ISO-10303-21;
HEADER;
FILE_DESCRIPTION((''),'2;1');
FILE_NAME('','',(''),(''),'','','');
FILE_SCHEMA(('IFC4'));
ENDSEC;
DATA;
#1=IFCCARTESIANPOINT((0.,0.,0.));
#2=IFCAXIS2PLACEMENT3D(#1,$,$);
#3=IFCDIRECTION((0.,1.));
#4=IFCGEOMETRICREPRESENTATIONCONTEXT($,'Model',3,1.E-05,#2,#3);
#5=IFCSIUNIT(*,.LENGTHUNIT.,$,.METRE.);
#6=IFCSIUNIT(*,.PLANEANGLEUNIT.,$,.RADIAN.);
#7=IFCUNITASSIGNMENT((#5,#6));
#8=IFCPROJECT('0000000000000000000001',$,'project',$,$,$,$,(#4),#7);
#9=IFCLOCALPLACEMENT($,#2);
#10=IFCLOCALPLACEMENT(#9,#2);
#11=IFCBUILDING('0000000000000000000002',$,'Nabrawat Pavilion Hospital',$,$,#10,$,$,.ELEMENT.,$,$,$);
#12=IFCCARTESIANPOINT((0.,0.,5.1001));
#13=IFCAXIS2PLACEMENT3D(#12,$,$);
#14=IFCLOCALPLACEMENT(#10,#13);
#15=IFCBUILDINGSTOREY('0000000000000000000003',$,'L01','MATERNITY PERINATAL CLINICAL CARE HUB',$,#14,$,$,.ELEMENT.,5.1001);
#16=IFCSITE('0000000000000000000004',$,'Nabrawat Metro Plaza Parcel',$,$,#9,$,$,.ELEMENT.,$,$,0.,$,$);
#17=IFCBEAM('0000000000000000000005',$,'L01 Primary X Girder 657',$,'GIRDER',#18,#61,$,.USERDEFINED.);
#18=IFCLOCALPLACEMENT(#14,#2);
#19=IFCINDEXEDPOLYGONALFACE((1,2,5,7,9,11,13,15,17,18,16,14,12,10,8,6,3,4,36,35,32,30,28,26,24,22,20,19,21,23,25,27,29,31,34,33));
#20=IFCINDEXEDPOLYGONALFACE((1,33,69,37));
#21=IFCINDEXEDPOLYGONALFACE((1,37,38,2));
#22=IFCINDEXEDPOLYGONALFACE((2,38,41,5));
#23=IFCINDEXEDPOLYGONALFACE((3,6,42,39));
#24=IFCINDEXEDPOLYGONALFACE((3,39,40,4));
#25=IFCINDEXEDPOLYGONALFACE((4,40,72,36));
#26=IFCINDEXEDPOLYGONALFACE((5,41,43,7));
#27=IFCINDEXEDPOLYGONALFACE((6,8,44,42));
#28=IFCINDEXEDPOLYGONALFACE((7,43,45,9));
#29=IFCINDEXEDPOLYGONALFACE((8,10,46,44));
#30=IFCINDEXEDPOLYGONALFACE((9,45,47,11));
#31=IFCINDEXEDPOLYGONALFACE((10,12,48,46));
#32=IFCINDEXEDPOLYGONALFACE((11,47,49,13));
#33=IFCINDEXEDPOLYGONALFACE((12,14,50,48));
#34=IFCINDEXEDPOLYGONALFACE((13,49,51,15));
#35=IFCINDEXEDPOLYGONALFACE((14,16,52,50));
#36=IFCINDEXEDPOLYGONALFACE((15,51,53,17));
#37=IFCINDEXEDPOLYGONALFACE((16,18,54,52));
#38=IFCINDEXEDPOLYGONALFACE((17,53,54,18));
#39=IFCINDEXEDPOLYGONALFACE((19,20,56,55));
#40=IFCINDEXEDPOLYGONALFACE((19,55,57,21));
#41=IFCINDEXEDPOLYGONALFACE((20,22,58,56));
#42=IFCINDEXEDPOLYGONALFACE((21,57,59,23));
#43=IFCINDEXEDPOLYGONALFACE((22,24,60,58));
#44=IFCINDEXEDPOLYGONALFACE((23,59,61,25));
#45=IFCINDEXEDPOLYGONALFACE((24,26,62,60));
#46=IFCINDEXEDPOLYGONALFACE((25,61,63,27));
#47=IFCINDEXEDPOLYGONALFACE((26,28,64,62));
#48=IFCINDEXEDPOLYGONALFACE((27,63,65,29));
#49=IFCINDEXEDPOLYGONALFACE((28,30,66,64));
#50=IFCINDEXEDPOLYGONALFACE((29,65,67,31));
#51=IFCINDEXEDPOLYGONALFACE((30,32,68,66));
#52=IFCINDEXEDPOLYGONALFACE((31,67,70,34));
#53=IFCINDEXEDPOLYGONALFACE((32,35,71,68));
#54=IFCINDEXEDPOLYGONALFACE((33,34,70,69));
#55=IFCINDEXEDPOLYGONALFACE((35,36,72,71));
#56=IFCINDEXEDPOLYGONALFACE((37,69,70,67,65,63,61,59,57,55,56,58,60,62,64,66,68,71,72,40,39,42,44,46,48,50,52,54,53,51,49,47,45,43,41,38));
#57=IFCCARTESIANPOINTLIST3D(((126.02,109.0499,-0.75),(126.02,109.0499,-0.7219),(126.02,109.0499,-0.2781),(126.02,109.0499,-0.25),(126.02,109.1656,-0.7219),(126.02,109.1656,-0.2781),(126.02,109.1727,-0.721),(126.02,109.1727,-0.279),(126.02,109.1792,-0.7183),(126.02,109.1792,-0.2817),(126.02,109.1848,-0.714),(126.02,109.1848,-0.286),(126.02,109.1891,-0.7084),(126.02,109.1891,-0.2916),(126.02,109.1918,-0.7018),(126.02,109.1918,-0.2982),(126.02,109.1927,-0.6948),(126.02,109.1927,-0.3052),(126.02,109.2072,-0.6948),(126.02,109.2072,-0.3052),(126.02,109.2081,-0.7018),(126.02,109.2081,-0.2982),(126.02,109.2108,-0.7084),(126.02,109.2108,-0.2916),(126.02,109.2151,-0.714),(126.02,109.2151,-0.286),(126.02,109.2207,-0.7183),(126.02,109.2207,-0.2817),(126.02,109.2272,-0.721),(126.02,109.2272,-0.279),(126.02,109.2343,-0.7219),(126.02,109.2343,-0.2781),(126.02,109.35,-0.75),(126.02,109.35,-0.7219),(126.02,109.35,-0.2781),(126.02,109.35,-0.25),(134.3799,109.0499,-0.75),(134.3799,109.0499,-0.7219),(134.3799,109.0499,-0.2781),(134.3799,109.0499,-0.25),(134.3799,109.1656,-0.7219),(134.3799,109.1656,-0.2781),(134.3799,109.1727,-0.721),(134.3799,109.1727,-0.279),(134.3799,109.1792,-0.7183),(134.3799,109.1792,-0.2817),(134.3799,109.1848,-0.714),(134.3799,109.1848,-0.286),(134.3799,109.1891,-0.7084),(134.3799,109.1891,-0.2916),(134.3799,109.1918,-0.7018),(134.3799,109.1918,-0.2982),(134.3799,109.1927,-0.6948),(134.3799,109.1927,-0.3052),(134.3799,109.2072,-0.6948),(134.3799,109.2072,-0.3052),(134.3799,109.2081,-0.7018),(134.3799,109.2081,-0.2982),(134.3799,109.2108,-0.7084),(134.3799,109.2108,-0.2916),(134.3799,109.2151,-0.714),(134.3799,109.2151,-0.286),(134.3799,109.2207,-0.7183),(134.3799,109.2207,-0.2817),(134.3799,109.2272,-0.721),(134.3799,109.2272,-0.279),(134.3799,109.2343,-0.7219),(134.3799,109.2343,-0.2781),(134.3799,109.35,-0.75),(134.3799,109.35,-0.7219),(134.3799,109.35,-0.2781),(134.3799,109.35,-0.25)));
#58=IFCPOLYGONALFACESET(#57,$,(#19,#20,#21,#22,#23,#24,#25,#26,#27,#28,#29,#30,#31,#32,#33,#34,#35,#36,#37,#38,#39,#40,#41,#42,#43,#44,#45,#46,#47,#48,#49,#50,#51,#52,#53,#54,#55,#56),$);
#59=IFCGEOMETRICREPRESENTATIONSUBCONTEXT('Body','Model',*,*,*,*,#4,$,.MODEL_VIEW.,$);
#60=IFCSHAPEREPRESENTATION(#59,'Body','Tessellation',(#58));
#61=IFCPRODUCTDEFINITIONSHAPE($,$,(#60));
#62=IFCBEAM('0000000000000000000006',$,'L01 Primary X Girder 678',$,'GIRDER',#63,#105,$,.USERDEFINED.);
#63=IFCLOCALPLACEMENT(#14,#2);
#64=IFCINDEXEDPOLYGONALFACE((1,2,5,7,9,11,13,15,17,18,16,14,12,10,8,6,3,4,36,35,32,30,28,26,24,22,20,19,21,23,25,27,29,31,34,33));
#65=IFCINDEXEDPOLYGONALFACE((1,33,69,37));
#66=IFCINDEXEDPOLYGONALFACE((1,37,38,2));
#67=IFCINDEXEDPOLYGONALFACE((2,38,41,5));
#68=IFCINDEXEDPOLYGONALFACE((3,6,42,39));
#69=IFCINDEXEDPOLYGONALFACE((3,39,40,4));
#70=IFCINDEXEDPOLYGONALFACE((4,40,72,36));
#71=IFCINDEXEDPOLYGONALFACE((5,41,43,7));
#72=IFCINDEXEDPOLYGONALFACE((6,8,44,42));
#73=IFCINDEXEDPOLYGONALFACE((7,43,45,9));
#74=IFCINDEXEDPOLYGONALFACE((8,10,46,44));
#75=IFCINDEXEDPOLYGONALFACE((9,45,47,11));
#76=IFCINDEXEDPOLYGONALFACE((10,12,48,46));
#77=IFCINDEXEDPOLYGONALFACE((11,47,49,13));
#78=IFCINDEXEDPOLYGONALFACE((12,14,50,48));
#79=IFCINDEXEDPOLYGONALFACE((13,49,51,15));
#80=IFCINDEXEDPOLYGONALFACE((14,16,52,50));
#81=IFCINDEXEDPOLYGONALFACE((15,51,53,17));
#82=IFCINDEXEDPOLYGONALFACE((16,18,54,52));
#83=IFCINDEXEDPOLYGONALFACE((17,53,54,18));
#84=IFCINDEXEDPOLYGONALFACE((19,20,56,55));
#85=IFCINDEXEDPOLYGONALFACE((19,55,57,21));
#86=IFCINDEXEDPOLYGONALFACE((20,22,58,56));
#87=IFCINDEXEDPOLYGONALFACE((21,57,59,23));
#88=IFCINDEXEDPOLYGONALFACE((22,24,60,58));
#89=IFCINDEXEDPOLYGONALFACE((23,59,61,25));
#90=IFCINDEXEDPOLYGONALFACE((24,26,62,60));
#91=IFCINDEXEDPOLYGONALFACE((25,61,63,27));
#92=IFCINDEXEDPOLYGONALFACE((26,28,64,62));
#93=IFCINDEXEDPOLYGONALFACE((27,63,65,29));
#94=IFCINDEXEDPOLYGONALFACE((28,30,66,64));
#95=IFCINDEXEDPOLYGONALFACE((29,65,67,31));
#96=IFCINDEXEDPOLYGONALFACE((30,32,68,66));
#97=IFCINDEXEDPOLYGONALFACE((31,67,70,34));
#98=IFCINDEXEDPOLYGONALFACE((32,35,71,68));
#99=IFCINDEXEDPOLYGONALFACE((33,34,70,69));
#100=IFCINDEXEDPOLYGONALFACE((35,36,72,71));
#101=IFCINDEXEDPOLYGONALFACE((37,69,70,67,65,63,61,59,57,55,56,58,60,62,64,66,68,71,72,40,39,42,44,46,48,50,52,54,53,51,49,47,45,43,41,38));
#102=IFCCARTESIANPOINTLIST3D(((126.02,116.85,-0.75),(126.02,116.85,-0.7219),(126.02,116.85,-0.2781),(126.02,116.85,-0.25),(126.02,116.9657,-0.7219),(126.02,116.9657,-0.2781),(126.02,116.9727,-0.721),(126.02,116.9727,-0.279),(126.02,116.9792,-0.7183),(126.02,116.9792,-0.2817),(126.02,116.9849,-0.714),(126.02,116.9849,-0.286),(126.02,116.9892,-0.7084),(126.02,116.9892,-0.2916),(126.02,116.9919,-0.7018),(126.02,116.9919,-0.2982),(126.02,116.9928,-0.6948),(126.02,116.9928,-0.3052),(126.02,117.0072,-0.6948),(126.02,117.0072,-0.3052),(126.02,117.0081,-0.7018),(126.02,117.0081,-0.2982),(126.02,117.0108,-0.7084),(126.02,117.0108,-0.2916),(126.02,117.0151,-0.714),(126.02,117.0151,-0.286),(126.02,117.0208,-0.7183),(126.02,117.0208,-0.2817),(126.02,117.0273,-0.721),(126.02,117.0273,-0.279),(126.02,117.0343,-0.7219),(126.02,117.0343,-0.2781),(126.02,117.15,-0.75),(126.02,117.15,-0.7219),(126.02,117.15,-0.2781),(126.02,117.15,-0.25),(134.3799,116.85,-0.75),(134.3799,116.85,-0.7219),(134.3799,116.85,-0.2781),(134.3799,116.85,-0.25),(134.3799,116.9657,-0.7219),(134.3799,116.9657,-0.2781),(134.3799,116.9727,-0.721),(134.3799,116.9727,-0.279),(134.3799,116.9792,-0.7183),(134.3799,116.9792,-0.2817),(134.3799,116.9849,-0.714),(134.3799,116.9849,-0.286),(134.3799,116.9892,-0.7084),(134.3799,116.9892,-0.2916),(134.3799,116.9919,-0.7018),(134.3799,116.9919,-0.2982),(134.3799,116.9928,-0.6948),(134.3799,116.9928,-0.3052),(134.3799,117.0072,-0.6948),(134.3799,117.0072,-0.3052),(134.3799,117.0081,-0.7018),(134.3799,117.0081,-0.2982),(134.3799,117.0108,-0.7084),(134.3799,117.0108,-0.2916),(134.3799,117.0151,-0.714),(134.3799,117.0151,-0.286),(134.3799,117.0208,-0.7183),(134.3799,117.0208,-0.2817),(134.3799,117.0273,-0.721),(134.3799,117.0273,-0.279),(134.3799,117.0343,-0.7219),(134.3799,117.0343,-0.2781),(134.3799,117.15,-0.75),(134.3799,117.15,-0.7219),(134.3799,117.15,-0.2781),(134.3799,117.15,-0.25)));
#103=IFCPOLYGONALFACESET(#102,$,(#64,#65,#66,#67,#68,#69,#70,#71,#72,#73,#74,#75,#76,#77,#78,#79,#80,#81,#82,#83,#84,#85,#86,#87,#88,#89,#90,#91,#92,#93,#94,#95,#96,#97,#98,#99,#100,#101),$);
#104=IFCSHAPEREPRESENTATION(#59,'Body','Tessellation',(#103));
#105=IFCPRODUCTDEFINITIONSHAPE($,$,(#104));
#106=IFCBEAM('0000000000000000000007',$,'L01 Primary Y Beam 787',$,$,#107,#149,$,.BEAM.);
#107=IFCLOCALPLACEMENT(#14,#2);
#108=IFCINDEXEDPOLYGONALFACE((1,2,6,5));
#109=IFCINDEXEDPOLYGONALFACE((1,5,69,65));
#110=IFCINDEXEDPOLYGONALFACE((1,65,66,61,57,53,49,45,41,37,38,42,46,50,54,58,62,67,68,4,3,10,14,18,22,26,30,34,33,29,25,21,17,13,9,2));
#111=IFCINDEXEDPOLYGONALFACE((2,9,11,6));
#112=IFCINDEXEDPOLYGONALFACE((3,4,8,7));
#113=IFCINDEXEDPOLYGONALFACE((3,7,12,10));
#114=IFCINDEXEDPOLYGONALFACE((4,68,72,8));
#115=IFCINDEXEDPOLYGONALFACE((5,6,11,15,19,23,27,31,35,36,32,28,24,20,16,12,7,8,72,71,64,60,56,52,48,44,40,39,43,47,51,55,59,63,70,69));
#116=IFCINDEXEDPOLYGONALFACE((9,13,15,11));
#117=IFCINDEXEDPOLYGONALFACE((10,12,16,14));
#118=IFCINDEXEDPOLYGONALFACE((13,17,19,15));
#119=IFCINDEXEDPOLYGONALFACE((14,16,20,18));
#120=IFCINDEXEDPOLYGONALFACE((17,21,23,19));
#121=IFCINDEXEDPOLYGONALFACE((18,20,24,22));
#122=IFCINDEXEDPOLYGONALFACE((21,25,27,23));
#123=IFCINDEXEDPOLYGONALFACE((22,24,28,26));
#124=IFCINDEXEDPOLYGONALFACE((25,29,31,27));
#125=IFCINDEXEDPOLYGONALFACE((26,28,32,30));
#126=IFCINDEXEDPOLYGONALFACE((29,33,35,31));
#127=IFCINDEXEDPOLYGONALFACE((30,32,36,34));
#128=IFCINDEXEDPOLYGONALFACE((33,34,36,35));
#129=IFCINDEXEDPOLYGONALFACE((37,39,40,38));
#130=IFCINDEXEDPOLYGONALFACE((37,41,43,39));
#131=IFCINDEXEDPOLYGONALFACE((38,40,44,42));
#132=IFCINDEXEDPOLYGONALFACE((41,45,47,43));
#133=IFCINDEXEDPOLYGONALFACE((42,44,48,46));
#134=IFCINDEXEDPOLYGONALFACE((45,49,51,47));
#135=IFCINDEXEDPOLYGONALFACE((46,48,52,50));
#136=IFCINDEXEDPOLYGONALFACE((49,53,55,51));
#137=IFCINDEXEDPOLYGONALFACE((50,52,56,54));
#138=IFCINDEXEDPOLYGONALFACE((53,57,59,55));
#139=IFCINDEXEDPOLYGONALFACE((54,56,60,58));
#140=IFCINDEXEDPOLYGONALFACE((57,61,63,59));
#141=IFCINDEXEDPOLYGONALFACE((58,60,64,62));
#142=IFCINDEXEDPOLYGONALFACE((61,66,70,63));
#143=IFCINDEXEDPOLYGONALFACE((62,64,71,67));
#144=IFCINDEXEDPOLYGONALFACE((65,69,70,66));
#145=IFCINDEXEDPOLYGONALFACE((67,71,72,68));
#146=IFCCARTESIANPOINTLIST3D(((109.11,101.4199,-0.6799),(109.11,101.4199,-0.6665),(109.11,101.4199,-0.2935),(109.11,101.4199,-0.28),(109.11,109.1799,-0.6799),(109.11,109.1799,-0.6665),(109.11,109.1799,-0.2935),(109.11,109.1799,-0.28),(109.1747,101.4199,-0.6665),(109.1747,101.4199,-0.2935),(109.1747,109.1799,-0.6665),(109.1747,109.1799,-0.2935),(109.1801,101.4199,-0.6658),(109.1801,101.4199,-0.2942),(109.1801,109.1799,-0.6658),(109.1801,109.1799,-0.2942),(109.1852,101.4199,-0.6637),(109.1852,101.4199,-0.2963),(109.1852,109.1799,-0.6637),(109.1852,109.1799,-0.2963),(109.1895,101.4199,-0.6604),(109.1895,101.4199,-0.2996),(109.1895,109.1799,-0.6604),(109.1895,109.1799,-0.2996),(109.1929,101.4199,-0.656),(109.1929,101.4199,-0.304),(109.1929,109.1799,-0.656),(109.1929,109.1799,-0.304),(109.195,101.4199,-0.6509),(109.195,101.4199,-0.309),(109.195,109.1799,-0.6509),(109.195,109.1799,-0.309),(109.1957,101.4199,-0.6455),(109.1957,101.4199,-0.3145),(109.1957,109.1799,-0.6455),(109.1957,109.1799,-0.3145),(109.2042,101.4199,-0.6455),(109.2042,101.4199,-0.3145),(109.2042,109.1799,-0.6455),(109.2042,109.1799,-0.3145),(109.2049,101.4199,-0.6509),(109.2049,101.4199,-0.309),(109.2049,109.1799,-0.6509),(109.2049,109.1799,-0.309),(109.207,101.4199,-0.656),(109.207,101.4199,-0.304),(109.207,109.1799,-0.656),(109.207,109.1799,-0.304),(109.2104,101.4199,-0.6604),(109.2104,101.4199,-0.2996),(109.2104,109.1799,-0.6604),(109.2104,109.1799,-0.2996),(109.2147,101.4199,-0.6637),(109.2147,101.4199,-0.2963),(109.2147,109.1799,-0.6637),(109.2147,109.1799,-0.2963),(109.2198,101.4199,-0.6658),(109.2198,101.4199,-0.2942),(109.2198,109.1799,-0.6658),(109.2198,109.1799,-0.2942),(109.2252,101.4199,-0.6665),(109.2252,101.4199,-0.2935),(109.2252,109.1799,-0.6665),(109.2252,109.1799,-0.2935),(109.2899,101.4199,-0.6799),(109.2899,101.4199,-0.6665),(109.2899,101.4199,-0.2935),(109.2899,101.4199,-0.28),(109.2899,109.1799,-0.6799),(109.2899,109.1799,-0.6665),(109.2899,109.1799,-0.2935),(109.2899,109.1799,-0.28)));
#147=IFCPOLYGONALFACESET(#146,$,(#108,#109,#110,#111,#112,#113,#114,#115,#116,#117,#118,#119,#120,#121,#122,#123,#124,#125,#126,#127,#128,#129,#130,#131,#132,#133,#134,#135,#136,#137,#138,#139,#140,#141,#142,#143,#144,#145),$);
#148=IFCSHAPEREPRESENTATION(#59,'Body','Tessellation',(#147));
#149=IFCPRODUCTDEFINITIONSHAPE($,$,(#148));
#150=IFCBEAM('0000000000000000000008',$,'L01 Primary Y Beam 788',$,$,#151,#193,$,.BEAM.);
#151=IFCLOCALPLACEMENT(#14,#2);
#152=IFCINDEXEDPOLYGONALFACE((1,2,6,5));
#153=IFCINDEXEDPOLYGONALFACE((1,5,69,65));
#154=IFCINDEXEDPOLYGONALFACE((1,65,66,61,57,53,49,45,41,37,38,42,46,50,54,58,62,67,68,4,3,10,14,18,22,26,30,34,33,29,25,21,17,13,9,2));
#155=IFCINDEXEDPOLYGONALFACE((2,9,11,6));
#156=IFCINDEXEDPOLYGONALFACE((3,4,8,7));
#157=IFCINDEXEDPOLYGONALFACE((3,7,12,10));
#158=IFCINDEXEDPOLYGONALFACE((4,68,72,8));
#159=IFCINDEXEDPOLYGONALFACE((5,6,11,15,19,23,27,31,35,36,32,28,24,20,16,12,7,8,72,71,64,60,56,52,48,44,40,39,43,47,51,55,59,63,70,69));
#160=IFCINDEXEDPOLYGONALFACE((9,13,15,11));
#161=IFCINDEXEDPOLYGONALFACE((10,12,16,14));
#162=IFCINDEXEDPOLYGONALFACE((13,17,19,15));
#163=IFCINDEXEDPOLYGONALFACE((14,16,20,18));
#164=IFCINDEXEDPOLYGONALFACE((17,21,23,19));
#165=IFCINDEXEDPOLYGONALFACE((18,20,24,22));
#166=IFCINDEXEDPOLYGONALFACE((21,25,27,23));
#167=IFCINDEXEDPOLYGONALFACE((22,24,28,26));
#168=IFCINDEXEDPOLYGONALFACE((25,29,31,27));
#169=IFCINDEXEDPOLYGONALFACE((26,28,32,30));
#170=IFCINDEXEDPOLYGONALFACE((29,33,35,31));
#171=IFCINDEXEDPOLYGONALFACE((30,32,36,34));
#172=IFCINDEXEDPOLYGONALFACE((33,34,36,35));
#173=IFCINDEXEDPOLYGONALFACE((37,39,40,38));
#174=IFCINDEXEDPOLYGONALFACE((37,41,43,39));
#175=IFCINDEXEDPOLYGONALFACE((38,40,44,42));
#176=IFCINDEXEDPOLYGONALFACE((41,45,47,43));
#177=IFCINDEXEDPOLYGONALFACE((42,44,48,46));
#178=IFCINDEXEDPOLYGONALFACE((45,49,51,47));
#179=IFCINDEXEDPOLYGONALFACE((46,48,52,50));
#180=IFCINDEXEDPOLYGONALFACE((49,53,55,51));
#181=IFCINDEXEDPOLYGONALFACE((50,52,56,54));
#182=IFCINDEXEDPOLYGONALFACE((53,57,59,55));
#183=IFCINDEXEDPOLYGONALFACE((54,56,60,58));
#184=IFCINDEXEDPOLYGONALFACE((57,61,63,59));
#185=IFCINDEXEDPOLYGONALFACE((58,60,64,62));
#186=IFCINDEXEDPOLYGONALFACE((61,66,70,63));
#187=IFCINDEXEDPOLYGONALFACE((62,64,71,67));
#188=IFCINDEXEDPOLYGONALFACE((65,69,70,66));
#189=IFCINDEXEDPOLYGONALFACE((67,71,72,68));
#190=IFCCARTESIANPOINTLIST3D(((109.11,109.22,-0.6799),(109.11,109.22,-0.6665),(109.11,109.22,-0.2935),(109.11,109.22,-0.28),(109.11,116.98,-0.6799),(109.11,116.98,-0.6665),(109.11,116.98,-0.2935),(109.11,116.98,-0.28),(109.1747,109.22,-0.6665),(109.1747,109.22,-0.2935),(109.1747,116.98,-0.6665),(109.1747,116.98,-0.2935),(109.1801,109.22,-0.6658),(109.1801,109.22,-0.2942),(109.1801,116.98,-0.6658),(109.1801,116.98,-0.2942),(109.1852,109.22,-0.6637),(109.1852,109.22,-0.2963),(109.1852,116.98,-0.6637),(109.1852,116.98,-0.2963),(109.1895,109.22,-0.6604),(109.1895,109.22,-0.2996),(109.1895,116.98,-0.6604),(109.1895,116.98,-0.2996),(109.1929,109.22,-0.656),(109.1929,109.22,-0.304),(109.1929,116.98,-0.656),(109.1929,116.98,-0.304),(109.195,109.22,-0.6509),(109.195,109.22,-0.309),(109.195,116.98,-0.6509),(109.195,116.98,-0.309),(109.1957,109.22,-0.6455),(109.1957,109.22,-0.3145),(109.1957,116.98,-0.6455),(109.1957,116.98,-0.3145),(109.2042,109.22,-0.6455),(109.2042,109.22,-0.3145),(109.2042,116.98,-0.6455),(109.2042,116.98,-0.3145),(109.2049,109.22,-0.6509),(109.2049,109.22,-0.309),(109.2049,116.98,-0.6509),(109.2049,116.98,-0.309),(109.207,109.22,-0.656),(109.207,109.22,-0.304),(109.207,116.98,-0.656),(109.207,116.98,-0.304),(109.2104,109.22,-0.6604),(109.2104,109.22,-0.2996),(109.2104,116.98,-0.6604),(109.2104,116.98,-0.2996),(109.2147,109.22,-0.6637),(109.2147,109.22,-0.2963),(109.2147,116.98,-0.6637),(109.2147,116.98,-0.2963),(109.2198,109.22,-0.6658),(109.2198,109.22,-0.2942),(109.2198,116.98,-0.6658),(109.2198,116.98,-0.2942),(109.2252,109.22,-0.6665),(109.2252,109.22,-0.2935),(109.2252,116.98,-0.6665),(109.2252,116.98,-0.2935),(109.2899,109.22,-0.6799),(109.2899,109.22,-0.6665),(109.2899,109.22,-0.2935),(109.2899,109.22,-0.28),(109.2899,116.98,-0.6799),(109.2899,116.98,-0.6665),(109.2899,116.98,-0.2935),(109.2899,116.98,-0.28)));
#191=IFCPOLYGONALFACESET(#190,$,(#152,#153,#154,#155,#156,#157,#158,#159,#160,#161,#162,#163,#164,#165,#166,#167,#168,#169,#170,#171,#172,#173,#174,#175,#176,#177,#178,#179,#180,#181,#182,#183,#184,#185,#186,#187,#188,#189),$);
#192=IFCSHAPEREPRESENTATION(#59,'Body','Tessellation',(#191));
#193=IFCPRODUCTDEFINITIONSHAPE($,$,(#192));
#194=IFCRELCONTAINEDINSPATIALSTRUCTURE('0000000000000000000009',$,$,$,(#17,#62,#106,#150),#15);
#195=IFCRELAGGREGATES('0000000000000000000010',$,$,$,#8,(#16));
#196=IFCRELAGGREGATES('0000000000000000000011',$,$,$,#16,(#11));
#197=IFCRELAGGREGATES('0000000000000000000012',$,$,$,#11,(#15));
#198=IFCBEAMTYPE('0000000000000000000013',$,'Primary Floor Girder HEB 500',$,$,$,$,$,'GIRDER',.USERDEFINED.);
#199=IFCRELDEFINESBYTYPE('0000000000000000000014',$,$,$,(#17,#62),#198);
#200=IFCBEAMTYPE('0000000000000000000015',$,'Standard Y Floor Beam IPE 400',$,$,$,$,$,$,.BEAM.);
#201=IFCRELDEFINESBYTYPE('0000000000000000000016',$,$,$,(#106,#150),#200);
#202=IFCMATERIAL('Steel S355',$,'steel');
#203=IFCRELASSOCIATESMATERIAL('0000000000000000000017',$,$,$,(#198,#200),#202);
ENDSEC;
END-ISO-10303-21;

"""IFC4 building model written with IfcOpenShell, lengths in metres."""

from ifc_helpers import new_model, si_unit, direction, frame, origin, origin_2d, place, context, subcontext, project, spatial, i_section, extrude, material, material_profile, profile_set, type_object, element, save


model = new_model("IFC4")

# Units and contexts
model_context = context("Model", 3, precision=1e-05, world=origin(), true_north=direction((0.0, 1.0)))
body_context = subcontext(model_context, "Body", "Model", "MODEL_VIEW")
ifc_project = project(units=[si_unit("LENGTHUNIT", "METRE"), si_unit("PLANEANGLEUNIT", "RADIAN")], contexts=[model_context])

# Site, building, storey
site_placement = place(None, origin())
site = spatial("IfcSite", under=ifc_project, at=site_placement, Name="Nabrawat Metro Plaza Parcel", CompositionType="ELEMENT", RefElevation=0.0)
building_placement = place(site_placement, origin())
building = spatial("IfcBuilding", under=site, at=building_placement, Name="Nabrawat Pavilion Hospital", CompositionType="ELEMENT")
storey_placement = place(building_placement, frame((0.0, 0.0, 5.1001)))
storey = spatial("IfcBuildingStorey", under=building, at=storey_placement, Name="L01", Description="MATERNITY PERINATAL CLINICAL CARE HUB", CompositionType="ELEMENT", Elevation=5.1001)

# Shared definitions
ifc_material_1 = material(Name="Steel S355", Category="steel")

# Beams
ifc_material_profile_1 = material_profile(ifc_material_1, i_section(OverallWidth=0.3, OverallDepth=0.5, WebThickness=0.0144, FlangeThickness=0.0281, FilletRadius=0.0271, at=origin_2d()), Name="HEB 500")
ifc_profile_set_1 = profile_set([ifc_material_profile_1], Name="Steel S355")
beam_type_1 = type_object("IfcBeamType", Name="Primary Floor Girder HEB 500", ElementType="GIRDER", PredefinedType="USERDEFINED", material=ifc_profile_set_1)
for number, where, z_axis, x_axis, name in (
    (1, (126.02, 109.2, -0.5), (1.0, 0.0, 0.0), (0.0, 1.0, 0.0), "L01 Primary X Girder 657"),
    (2, (126.02, 117.0, -0.5), (1.0, 0.0, 0.0), (0.0, 1.0, 0.0), "L01 Primary X Girder 678"),
):
    element("IfcBeam", number, at=place(storey_placement, frame(where, z_axis=z_axis, x_axis=x_axis)), inside=storey, type_object=beam_type_1, Name=name, ObjectType="GIRDER", PredefinedType="USERDEFINED", context=body_context, shape_type="SweptSolid", body=[
        extrude(i_section(OverallWidth=0.3, OverallDepth=0.5, WebThickness=0.0144, FlangeThickness=0.0281, FilletRadius=0.0271, at=origin_2d()), origin(), (0.0, 0.0, 1.0), 8.3599),
    ])
ifc_material_profile_2 = material_profile(ifc_material_1, i_section(OverallWidth=0.1799, OverallDepth=0.3999, WebThickness=0.0085, FlangeThickness=0.0134, FilletRadius=0.021, at=origin_2d()), Name="IPE 400")
ifc_profile_set_2 = profile_set([ifc_material_profile_2], Name="Steel S355")
beam_type_2 = type_object("IfcBeamType", Name="Standard Y Floor Beam IPE 400", PredefinedType="BEAM", material=ifc_profile_set_2)
for number, where, z_axis, x_axis, name in (
    (3, (109.2, 101.4199, -0.48), (0.0, 1.0, 0.0), (-1.0, 0.0, 0.0), "L01 Primary Y Beam 787"),
    (4, (109.2, 109.22, -0.48), (0.0, 1.0, 0.0), (-1.0, 0.0, 0.0), "L01 Primary Y Beam 788"),
):
    element("IfcBeam", number, at=place(storey_placement, frame(where, z_axis=z_axis, x_axis=x_axis)), inside=storey, type_object=beam_type_2, Name=name, PredefinedType="BEAM", context=body_context, shape_type="SweptSolid", body=[
        extrude(i_section(OverallWidth=0.1799, OverallDepth=0.3999, WebThickness=0.0085, FlangeThickness=0.0134, FilletRadius=0.021, at=origin_2d()), origin(), (0.0, 0.0, 1.0), 7.76),
    ])

save(model, "model.ifc")
